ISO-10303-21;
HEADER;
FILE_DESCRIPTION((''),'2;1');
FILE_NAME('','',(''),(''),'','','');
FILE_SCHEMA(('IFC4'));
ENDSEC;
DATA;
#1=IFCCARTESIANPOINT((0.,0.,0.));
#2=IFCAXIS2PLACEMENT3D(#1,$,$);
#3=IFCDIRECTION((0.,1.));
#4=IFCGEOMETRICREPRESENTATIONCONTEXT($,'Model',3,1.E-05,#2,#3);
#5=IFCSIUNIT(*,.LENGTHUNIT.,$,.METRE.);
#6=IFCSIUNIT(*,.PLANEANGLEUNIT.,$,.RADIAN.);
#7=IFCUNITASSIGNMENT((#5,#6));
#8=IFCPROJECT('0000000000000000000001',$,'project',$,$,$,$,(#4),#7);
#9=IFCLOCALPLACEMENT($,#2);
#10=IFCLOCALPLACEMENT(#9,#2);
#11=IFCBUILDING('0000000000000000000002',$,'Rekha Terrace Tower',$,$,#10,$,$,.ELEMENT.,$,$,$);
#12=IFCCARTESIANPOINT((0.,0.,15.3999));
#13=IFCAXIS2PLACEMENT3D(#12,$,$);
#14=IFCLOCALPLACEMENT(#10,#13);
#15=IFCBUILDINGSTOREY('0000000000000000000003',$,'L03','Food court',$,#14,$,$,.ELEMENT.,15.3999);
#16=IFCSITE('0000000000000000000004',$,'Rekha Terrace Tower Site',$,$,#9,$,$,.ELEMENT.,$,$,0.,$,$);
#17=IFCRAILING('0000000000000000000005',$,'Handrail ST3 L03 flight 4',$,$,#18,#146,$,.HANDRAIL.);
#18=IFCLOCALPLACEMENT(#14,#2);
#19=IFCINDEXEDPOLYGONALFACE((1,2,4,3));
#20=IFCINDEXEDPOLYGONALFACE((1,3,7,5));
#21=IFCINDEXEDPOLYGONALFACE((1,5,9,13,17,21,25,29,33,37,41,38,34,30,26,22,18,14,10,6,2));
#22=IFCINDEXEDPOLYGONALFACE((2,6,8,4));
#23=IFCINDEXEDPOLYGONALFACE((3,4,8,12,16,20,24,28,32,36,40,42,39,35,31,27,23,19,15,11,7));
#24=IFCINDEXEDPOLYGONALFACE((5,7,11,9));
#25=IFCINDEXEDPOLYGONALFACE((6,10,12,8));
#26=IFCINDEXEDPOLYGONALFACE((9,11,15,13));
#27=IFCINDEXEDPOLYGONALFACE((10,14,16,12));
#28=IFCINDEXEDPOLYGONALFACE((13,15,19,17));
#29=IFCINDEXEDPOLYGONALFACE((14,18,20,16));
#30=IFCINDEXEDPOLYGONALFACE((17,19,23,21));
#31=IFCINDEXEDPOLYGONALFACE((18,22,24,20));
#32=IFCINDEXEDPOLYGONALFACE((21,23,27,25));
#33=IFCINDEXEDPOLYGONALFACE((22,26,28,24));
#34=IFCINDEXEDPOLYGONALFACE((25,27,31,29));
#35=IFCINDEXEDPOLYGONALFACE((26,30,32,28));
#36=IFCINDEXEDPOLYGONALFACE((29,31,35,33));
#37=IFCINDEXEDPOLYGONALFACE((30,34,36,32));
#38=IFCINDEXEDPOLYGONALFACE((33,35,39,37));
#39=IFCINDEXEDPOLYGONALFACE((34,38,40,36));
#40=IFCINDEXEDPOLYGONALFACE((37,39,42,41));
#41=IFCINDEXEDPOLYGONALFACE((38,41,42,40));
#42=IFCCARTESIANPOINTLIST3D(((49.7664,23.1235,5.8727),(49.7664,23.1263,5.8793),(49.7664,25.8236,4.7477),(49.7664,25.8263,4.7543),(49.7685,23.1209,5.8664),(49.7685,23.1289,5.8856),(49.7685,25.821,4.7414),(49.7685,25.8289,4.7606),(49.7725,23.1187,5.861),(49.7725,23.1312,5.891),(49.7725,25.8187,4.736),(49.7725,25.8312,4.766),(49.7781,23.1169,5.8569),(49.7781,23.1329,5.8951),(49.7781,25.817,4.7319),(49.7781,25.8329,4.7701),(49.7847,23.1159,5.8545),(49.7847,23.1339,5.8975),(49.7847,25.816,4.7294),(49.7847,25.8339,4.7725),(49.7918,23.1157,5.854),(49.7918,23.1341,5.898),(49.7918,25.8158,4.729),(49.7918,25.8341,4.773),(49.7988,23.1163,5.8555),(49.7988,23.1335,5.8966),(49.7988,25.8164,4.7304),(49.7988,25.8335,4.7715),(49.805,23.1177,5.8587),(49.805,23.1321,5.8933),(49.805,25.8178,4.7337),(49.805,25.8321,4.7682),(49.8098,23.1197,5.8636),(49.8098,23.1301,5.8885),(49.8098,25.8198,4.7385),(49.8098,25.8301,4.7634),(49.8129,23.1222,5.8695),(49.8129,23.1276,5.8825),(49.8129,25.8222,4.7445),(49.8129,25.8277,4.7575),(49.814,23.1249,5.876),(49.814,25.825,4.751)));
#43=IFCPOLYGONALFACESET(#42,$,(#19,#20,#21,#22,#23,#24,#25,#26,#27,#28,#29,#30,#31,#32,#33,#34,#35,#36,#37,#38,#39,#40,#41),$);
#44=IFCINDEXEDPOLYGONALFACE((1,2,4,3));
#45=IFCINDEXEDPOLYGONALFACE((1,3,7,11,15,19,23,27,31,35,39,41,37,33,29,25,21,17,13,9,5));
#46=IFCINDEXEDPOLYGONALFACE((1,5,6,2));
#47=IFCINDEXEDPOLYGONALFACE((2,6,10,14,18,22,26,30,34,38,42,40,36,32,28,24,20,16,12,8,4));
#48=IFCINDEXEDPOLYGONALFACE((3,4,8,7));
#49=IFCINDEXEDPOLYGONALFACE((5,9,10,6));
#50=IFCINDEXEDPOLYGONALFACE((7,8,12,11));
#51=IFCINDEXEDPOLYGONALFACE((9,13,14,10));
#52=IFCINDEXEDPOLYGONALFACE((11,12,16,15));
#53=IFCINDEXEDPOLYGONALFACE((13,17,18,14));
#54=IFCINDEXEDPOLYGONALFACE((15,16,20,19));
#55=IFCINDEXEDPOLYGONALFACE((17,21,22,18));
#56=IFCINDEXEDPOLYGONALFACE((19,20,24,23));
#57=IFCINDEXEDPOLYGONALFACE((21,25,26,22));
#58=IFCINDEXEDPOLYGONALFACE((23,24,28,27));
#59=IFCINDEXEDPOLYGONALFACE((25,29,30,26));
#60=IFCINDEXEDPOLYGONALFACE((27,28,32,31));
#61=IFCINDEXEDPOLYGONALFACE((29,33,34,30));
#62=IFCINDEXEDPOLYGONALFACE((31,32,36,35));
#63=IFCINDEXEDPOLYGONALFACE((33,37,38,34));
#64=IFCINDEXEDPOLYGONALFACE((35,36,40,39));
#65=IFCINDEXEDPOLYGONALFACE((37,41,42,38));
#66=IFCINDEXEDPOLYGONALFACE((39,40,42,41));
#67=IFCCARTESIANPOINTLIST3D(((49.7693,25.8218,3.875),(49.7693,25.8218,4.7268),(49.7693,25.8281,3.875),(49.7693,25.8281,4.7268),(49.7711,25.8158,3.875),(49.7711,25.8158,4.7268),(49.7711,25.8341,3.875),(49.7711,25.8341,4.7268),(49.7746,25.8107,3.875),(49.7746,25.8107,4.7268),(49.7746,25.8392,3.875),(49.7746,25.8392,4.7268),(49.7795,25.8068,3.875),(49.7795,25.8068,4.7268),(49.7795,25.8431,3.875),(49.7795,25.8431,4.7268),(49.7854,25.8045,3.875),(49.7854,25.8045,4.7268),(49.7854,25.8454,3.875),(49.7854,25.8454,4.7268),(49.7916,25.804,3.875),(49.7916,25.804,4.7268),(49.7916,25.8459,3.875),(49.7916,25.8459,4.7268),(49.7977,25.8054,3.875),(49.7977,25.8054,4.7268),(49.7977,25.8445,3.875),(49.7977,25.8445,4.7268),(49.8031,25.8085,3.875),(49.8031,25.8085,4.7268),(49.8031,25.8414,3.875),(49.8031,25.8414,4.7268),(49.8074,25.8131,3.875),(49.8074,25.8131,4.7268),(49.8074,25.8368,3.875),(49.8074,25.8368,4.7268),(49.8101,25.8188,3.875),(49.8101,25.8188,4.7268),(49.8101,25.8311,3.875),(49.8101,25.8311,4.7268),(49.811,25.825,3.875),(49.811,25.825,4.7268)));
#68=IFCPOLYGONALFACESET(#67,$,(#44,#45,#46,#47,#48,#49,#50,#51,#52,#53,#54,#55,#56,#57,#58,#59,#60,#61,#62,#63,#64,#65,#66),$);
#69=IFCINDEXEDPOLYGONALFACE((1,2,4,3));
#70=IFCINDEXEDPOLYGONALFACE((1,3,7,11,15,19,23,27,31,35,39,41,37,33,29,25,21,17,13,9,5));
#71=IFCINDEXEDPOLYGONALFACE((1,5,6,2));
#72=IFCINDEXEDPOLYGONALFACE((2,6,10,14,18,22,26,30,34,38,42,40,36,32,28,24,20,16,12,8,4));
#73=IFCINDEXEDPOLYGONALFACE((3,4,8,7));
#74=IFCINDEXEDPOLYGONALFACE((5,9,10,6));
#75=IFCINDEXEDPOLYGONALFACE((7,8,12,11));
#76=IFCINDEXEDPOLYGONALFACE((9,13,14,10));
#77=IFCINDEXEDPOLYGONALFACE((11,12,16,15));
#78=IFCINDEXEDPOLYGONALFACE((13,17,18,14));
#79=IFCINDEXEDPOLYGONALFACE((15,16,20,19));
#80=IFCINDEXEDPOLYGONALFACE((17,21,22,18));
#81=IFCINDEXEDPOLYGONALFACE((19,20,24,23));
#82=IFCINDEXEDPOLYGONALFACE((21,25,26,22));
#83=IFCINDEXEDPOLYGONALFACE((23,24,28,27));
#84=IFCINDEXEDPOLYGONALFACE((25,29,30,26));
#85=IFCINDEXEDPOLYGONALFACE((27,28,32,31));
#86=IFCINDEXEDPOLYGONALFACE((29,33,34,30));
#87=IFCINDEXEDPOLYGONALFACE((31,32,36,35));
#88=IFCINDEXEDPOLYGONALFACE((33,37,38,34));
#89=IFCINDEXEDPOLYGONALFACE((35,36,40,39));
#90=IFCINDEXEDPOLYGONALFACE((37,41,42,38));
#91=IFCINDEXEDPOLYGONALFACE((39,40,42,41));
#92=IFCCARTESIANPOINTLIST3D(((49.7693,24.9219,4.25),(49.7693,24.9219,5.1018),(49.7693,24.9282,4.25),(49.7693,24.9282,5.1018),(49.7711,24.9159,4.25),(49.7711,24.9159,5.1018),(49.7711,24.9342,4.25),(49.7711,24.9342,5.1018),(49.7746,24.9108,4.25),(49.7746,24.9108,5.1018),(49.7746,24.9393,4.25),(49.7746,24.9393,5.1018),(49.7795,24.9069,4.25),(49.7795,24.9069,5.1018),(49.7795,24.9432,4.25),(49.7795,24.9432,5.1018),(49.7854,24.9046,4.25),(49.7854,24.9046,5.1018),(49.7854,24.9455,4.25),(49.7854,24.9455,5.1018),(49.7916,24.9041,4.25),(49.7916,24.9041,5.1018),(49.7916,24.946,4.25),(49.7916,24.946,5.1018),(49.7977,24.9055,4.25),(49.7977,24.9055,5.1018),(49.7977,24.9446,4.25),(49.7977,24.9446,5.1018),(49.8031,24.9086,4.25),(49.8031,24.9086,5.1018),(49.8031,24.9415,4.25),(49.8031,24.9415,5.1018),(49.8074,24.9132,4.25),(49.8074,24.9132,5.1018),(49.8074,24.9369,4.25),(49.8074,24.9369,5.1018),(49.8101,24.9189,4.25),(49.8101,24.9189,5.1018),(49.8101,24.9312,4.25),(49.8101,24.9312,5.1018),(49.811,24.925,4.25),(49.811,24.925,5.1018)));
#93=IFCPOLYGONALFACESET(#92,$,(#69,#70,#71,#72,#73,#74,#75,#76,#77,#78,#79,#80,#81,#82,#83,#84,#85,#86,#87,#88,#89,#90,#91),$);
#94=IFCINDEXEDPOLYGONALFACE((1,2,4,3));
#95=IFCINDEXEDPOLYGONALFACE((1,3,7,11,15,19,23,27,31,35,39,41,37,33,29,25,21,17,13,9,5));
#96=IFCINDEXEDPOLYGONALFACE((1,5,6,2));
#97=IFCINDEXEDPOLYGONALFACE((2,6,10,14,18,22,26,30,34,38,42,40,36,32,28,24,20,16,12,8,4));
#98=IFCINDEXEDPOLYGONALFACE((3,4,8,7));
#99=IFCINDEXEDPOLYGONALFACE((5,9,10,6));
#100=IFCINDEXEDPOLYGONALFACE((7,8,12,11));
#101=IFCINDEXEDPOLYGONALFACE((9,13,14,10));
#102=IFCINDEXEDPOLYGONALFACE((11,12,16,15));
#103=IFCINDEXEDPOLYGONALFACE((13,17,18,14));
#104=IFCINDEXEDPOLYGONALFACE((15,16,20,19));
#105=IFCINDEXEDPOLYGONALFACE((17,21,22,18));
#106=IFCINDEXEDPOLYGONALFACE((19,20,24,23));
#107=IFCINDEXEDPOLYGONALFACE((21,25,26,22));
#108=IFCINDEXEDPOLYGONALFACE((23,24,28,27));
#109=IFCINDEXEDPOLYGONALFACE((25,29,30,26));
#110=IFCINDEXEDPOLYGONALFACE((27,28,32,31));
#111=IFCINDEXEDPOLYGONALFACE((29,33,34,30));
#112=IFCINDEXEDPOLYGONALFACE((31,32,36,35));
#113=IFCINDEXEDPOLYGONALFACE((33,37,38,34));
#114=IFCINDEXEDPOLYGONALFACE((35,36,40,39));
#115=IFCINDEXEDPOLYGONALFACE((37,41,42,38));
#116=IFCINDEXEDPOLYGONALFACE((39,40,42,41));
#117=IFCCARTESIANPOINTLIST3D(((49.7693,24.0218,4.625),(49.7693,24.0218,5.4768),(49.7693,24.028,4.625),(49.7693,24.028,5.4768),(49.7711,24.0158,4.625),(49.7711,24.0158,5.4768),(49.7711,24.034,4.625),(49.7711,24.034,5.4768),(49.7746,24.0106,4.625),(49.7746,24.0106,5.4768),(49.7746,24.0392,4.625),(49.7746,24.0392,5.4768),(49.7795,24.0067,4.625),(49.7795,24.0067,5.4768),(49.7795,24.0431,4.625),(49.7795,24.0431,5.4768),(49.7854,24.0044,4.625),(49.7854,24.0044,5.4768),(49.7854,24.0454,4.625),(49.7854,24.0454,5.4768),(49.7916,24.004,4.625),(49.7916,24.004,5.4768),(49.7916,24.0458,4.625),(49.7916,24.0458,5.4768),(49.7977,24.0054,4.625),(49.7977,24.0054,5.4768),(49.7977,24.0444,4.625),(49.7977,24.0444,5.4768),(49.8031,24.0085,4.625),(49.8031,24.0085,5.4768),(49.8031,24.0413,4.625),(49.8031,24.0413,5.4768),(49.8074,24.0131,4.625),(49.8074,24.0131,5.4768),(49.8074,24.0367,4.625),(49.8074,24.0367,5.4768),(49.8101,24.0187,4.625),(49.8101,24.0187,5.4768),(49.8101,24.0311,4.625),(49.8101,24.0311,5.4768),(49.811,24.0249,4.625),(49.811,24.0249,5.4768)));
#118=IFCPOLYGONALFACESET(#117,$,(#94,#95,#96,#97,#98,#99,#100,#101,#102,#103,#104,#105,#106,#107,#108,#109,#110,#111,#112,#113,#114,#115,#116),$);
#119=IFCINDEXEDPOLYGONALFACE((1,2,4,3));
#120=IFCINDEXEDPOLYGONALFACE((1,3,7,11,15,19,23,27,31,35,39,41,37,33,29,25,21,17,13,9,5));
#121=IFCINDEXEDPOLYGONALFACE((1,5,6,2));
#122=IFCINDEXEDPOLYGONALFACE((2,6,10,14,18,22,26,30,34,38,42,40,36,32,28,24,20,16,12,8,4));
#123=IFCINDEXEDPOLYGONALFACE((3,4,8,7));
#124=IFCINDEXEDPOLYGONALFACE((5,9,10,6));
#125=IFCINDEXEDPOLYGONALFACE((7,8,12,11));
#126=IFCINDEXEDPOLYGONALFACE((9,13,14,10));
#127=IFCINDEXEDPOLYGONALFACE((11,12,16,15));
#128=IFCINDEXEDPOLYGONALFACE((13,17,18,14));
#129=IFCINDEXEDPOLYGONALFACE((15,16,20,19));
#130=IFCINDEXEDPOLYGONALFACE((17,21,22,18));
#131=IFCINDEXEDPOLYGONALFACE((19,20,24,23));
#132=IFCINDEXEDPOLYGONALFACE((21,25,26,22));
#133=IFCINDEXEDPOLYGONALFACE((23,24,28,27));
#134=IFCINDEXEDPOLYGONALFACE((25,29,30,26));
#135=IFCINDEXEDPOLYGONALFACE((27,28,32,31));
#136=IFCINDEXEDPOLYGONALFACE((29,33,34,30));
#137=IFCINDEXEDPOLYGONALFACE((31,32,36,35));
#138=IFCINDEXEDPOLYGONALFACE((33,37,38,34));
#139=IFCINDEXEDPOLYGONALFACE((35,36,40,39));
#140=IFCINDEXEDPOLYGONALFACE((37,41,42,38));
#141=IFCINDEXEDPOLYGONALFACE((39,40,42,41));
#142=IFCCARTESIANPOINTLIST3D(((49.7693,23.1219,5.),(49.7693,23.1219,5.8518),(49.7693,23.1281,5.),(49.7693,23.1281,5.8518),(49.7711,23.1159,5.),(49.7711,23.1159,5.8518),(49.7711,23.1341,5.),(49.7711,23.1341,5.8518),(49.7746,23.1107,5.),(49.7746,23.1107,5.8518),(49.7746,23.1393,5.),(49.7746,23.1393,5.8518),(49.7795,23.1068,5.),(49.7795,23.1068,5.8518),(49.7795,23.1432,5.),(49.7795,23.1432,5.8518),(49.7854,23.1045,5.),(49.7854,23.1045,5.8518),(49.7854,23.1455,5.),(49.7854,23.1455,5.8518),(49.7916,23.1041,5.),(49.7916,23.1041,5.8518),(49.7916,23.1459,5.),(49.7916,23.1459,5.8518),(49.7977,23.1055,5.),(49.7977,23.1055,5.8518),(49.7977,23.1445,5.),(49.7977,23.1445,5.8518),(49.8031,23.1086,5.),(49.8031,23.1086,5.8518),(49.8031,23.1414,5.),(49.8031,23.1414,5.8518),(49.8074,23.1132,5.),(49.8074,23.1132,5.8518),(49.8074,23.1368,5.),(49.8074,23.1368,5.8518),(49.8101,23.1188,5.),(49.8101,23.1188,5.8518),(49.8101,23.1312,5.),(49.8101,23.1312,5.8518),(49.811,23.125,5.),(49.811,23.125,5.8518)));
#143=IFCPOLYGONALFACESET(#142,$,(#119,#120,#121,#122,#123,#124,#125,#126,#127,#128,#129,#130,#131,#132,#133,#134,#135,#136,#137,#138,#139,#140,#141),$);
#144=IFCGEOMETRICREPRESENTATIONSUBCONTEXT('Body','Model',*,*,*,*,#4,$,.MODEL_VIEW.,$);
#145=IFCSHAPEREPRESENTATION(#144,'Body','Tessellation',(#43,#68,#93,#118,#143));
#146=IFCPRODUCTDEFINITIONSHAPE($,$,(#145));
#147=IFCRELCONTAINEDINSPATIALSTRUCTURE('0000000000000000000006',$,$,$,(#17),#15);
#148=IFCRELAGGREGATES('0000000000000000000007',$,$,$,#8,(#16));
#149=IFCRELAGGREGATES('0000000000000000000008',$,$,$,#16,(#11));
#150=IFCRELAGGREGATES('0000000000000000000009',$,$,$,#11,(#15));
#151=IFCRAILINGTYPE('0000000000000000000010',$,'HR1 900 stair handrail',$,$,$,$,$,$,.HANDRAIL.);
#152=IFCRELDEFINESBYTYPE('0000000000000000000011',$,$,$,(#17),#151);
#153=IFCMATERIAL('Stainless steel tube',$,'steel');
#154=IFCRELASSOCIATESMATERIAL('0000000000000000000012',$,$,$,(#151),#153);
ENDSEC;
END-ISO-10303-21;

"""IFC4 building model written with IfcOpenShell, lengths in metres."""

from ifc_helpers import new_model, si_unit, direction, frame, origin, origin_2d, place, context, subcontext, project, spatial, circle, extrude, material, type_object, element, save


model = new_model("IFC4")

# Units and contexts
model_context = context("Model", 3, precision=1e-05, world=origin(), true_north=direction((0.0, 1.0)))
body_context = subcontext(model_context, "Body", "Model", "MODEL_VIEW")
ifc_project = project(units=[si_unit("LENGTHUNIT", "METRE"), si_unit("PLANEANGLEUNIT", "RADIAN")], contexts=[model_context])

# Site, building, storey
site_placement = place(None, origin())
site = spatial("IfcSite", under=ifc_project, at=site_placement, Name="Rekha Terrace Tower Site", CompositionType="ELEMENT", RefElevation=0.0)
building_placement = place(site_placement, origin())
building = spatial("IfcBuilding", under=site, at=building_placement, Name="Rekha Terrace Tower", CompositionType="ELEMENT")
storey_placement = place(building_placement, frame((0.0, 0.0, 15.3999)))
storey = spatial("IfcBuildingStorey", under=building, at=storey_placement, Name="L03", Description="Food court", CompositionType="ELEMENT", Elevation=15.3999)

# Railing
ifc_material_1 = material(Name="Stainless steel tube", Category="steel")
railing_type_1 = type_object("IfcRailingType", Name="HR1 900 stair handrail", PredefinedType="HANDRAIL", material=ifc_material_1)
railing_1_placement = place(storey_placement, frame((49.79, 25.825, 3.875)))
element("IfcRailing", 1, at=railing_1_placement, inside=storey, type_object=railing_type_1, Name="Handrail ST3 L03 flight 4", PredefinedType="HANDRAIL", context=body_context, shape_type="SweptSolid", body=[
    extrude(circle(Radius=0.0239, at=origin_2d()), frame((0.0, 0.0, 0.876), z_axis=(0.0, -0.923074, 0.384621), x_axis=(1.0, 0.0, 0.0)), (0.0, 0.0, 1.0), 2.925),
    extrude(circle(Radius=0.021, at=origin_2d()), origin(), (0.0, 0.0, 1.0), 0.8518),
    extrude(circle(Radius=0.021, at=origin_2d()), frame((0.0, -0.8999, 0.375)), (0.0, 0.0, 1.0), 0.8518),
    extrude(circle(Radius=0.021, at=origin_2d()), frame((0.0, -1.8, 0.75)), (0.0, 0.0, 1.0), 0.8518),
    extrude(circle(Radius=0.021, at=origin_2d()), frame((0.0, -2.7, 1.125)), (0.0, 0.0, 1.0), 0.8518),
])

save(model, "model.ifc")
